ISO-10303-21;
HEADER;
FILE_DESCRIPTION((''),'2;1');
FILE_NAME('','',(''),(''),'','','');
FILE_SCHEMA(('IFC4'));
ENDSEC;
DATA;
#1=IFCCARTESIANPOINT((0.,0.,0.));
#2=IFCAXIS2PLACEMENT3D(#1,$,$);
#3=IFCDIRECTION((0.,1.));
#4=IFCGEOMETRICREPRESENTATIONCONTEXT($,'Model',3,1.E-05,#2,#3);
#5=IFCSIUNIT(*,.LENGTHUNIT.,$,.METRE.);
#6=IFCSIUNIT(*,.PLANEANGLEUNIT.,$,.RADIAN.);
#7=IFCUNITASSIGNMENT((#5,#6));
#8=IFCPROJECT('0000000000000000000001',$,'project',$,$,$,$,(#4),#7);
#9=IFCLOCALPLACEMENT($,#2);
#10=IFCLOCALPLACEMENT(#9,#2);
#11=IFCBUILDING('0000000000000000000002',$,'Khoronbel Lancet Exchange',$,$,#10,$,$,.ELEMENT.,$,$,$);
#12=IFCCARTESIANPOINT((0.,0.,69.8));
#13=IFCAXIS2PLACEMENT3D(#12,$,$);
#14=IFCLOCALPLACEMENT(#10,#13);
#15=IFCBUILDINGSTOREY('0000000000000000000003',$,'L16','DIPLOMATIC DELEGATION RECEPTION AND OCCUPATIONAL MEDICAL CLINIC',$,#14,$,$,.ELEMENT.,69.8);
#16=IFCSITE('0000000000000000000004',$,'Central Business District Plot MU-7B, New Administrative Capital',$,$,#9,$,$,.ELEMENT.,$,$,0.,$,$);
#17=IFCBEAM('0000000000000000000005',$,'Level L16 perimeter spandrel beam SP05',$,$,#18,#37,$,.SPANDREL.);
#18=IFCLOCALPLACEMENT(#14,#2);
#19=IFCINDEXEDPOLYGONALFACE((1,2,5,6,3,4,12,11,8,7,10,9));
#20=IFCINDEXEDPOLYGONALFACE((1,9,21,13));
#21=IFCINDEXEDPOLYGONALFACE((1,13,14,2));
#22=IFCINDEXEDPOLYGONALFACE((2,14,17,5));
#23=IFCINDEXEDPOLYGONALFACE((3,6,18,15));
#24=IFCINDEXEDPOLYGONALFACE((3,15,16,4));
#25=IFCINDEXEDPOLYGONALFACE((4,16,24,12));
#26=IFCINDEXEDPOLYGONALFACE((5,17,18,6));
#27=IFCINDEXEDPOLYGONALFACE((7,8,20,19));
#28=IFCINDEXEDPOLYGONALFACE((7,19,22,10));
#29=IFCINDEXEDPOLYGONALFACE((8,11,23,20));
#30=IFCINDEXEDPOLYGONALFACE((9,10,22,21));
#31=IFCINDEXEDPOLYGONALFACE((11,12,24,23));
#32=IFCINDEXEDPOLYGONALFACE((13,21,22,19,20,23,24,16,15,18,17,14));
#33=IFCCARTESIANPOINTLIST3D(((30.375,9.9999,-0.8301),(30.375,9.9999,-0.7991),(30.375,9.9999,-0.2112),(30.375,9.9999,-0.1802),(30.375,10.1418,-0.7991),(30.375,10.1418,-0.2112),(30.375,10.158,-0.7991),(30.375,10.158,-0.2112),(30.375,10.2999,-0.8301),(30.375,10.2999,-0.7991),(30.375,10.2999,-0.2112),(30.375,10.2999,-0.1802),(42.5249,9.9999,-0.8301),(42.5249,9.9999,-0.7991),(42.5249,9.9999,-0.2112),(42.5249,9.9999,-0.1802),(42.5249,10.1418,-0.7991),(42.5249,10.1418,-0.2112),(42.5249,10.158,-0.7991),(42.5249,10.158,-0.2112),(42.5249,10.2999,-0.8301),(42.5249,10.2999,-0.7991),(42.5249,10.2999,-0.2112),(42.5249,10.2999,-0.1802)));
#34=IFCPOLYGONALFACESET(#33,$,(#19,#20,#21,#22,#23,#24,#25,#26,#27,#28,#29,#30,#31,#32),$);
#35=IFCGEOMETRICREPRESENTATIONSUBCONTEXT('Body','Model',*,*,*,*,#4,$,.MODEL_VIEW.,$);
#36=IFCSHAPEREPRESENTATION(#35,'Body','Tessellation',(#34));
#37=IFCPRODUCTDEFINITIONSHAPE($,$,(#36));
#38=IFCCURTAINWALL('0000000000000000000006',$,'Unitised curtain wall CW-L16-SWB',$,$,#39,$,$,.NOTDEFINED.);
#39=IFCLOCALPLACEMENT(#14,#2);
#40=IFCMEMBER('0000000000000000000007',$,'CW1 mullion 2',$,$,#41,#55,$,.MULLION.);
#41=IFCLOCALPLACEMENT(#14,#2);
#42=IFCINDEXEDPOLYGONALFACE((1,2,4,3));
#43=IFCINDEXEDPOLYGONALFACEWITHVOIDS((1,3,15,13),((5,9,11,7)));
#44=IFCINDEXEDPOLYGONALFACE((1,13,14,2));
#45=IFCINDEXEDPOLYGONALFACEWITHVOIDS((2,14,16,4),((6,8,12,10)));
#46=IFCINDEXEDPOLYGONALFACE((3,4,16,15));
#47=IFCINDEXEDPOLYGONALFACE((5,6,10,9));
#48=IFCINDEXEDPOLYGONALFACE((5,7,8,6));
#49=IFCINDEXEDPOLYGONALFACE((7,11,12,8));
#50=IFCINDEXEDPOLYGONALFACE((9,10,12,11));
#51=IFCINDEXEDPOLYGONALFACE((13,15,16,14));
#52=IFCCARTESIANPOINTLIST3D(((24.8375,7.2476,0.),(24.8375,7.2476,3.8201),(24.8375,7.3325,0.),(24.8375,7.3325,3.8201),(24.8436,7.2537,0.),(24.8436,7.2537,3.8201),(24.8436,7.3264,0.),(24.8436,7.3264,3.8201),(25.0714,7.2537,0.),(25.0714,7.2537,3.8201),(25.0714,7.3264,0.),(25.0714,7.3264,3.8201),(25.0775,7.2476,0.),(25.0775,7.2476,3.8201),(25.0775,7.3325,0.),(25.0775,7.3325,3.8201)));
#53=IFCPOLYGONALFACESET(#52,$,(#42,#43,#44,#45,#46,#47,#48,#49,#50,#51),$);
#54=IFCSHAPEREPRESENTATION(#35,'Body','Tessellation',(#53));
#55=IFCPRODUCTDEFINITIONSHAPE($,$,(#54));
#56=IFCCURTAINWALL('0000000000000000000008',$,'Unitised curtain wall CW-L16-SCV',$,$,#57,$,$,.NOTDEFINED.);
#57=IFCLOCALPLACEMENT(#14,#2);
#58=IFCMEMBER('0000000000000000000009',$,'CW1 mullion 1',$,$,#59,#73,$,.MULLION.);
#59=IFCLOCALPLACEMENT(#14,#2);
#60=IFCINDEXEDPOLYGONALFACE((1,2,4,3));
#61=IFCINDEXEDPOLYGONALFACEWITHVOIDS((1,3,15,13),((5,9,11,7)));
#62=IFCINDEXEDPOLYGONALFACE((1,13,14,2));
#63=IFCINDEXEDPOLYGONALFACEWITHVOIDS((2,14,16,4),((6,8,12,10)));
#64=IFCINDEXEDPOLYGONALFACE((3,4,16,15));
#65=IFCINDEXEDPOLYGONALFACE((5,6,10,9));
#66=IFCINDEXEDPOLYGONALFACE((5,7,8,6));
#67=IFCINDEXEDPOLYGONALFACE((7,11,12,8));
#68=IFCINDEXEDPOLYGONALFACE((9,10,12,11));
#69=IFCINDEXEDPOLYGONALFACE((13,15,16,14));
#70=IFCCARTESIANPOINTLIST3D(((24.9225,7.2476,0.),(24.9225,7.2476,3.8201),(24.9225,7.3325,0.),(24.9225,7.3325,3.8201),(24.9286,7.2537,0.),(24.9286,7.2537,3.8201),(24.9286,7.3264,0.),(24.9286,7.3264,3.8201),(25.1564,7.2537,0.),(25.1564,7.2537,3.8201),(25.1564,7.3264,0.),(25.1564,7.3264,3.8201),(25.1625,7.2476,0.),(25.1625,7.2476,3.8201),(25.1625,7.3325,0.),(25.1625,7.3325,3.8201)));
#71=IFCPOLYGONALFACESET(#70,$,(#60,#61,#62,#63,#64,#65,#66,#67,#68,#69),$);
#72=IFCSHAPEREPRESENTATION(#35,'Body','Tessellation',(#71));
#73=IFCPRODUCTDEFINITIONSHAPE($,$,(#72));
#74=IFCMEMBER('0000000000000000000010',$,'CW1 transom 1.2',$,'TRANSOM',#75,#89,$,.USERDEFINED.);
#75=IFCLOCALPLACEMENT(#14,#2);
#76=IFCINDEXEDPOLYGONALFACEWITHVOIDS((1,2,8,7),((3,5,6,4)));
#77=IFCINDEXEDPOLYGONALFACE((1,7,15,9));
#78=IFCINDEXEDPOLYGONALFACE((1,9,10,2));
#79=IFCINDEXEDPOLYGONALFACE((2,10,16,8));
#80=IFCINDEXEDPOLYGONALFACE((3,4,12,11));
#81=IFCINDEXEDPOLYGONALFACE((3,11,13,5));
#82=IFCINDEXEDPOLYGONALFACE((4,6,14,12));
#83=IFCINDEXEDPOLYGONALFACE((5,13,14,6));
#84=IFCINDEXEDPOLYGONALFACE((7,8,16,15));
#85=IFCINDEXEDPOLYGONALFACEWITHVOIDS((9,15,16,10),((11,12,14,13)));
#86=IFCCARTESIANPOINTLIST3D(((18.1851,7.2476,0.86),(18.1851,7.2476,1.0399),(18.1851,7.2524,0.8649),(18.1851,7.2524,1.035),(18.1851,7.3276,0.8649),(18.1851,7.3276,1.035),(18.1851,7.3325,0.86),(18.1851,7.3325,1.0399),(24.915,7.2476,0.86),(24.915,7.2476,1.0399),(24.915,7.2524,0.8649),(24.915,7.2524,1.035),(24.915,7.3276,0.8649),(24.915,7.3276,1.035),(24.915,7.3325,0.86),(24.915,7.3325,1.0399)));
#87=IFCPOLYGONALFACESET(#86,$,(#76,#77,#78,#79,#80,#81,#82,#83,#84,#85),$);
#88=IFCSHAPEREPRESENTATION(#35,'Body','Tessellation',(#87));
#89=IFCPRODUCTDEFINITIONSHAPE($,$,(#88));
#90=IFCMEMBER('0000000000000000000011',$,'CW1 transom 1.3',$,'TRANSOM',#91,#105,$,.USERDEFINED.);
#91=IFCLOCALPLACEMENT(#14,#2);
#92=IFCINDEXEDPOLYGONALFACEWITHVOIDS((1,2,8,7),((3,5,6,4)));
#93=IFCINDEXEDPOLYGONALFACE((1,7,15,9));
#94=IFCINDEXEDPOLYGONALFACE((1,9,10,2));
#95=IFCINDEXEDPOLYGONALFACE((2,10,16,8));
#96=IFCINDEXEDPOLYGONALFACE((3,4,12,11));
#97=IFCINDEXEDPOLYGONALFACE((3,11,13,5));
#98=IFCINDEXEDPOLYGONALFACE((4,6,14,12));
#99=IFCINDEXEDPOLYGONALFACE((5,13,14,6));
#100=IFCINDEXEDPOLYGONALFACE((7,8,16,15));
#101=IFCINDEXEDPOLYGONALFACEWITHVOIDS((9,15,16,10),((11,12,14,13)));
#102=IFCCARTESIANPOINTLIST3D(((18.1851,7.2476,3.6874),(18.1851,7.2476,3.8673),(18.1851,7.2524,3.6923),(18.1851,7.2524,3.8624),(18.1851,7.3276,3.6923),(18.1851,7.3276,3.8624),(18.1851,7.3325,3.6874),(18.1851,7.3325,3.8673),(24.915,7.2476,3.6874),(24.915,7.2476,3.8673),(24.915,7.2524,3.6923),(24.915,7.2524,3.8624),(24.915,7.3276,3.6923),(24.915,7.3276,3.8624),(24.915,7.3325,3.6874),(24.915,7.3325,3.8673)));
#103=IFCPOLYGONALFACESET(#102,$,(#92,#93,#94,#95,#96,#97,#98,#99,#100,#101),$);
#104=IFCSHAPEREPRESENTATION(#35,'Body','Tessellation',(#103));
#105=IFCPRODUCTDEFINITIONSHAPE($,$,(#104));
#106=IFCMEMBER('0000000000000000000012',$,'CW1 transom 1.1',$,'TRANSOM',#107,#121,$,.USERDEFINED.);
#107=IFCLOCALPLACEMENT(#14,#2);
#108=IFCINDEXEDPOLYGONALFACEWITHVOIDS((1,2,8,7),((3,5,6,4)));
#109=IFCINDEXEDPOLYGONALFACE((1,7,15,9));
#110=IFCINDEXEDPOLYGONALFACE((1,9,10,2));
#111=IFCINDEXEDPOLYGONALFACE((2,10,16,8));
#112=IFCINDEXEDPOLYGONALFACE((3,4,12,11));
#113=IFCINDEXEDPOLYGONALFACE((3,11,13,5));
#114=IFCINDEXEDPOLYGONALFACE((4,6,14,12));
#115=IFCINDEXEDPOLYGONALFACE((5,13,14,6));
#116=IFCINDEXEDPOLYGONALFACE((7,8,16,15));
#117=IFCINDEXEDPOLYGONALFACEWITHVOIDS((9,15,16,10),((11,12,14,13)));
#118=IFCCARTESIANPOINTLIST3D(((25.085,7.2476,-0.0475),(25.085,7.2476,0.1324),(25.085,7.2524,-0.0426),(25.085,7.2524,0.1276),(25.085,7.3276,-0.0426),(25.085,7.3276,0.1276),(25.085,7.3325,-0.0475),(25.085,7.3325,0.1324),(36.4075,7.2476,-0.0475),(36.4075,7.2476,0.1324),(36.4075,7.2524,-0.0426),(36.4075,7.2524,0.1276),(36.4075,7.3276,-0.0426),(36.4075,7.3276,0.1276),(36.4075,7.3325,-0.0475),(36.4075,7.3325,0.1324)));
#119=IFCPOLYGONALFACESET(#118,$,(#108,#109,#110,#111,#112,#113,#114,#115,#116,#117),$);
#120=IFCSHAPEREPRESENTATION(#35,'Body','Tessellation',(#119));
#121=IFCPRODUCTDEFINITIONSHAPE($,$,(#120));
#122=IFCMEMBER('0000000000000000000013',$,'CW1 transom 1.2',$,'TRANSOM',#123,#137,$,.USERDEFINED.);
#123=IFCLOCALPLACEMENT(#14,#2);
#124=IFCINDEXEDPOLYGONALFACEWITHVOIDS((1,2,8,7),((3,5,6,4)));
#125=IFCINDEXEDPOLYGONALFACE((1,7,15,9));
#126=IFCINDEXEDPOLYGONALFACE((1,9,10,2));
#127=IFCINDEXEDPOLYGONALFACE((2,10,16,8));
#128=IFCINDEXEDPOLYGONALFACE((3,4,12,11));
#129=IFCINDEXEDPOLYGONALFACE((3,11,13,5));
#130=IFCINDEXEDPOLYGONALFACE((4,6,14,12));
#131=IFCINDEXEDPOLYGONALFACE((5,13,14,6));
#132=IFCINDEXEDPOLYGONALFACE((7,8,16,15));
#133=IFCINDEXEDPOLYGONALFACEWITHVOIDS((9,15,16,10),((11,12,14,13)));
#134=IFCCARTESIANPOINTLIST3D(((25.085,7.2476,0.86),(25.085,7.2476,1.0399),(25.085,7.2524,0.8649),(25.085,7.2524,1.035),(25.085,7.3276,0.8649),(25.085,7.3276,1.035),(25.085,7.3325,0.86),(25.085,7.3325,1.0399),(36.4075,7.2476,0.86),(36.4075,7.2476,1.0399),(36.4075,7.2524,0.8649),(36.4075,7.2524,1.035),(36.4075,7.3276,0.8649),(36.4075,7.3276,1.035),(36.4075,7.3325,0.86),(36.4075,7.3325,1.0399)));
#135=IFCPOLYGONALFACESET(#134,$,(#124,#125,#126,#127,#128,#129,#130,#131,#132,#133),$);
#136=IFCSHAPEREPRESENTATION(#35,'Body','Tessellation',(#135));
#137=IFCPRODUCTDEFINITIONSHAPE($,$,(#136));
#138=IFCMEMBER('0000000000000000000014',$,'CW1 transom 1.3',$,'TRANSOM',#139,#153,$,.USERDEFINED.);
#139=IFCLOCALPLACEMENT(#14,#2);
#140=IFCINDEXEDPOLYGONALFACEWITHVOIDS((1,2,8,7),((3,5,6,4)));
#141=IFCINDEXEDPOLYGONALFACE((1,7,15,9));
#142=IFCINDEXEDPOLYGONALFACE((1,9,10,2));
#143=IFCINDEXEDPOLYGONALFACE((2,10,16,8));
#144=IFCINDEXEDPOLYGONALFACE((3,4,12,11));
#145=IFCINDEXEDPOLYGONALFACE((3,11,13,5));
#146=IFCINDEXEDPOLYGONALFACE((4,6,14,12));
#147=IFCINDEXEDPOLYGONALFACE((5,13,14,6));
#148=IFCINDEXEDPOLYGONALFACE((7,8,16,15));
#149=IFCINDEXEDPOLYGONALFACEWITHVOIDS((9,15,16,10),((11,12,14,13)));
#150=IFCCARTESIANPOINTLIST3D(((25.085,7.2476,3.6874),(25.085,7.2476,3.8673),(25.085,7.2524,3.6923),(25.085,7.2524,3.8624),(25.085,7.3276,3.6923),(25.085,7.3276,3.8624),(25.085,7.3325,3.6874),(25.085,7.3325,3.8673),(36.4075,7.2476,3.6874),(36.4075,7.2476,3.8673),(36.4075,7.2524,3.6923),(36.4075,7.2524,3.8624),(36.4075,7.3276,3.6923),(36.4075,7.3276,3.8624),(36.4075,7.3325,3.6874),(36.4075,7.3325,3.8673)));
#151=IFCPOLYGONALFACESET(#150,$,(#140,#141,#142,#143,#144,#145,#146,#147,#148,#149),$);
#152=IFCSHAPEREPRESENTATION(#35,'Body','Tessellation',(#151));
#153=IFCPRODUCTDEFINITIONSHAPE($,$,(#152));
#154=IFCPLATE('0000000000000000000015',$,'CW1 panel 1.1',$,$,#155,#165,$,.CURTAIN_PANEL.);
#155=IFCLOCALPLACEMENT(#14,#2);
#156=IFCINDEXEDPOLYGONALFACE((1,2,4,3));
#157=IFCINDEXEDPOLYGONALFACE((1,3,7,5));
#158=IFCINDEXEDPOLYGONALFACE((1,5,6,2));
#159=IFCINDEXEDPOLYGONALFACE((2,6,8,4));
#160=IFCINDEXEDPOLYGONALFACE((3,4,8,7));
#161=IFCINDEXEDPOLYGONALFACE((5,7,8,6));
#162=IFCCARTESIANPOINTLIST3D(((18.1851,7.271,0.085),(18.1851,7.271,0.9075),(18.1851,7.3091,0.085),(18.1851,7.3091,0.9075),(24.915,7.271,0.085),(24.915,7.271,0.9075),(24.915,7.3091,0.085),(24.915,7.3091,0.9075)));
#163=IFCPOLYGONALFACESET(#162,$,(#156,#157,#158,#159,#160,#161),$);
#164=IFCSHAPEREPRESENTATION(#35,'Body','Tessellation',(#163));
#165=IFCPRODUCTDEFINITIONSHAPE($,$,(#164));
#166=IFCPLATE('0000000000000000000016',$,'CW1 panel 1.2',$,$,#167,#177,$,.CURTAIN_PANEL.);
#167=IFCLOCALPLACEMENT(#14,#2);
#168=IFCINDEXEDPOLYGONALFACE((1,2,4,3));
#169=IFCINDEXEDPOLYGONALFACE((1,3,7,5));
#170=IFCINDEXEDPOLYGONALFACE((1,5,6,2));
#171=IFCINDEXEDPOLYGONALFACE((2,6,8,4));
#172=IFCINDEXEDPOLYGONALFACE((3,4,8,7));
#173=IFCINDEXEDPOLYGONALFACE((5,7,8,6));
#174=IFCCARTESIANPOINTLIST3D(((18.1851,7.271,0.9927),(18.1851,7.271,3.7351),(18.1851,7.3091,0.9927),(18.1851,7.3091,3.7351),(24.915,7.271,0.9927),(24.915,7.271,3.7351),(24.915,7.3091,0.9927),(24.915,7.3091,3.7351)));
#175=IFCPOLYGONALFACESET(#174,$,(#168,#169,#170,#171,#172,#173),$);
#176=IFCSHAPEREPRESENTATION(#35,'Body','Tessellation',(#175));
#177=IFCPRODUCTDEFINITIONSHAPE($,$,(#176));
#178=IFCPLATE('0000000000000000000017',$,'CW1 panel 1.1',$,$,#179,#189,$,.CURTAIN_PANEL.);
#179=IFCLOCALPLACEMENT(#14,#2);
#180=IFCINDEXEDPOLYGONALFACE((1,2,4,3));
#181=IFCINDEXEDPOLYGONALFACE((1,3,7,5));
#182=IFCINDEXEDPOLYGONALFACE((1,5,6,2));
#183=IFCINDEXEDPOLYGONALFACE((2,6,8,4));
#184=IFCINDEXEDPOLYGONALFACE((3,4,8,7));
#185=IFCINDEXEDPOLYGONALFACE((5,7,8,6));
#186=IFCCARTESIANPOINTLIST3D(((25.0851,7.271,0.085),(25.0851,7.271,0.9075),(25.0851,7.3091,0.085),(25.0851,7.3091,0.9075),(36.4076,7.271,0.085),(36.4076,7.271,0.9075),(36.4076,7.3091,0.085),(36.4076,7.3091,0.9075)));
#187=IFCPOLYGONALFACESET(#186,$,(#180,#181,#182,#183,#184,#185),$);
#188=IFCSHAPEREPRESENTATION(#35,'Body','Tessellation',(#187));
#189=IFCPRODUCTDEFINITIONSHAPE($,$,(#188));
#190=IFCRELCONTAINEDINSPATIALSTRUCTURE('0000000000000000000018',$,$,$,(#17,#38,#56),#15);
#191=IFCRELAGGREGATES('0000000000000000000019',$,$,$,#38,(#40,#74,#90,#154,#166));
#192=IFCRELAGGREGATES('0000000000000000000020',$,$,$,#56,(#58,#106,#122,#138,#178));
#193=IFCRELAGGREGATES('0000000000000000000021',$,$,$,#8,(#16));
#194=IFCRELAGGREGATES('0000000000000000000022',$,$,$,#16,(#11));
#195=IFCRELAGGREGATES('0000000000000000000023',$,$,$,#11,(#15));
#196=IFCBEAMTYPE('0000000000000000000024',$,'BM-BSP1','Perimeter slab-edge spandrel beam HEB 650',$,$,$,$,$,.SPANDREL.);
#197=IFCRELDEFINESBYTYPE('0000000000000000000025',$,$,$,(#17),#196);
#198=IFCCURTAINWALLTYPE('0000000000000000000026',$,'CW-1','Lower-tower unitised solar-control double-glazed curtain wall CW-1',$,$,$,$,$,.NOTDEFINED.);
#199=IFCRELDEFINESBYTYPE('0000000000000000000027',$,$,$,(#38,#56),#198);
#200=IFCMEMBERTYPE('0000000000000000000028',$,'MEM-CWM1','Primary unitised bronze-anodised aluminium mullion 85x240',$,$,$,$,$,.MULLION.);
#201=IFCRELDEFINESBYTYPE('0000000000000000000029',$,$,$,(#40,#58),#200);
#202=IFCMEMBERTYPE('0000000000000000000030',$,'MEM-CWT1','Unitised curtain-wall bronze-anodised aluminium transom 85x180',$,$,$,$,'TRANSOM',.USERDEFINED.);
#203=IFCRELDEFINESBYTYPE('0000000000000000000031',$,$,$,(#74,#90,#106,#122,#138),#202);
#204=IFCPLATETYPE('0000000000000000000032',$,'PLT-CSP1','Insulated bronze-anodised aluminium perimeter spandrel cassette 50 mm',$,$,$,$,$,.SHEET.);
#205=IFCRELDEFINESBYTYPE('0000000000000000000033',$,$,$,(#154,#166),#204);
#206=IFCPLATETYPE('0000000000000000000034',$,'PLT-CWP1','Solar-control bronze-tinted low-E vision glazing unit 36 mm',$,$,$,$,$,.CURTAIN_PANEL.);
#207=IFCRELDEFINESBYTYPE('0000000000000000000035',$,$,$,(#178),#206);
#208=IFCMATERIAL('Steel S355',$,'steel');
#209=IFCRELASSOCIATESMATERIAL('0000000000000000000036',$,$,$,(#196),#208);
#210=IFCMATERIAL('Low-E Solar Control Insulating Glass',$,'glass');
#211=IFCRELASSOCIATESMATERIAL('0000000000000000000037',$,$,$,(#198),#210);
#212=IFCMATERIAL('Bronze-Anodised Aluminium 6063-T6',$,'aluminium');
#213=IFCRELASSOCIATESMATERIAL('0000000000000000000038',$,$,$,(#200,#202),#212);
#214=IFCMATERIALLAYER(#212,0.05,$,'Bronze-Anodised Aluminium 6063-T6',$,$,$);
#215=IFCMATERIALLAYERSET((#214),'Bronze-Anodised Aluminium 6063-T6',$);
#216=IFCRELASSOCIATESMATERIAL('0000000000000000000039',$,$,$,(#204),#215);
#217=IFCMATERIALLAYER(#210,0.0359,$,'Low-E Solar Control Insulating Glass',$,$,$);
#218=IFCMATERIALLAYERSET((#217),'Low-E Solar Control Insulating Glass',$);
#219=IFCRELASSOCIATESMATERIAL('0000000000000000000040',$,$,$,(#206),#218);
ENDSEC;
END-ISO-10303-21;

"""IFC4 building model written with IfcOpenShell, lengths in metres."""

from ifc_helpers import new_model, si_unit, direction, frame, origin, origin_2d, place, context, subcontext, project, spatial, rectangle, hollow_rectangle, i_section, extrude, material, layer, layer_set, material_profile, profile_set, type_object, element, aggregate, save


model = new_model("IFC4")

# Units and contexts
model_context = context("Model", 3, precision=1e-05, world=origin(), true_north=direction((0.0, 1.0)))
body_context = subcontext(model_context, "Body", "Model", "MODEL_VIEW")
ifc_project = project(units=[si_unit("LENGTHUNIT", "METRE"), si_unit("PLANEANGLEUNIT", "RADIAN")], contexts=[model_context])

# Site, building, storey
site_placement = place(None, origin())
site = spatial("IfcSite", under=ifc_project, at=site_placement, Name="Central Business District Plot MU-7B, New Administrative Capital", CompositionType="ELEMENT", RefElevation=0.0)
building_placement = place(site_placement, origin())
building = spatial("IfcBuilding", under=site, at=building_placement, Name="Khoronbel Lancet Exchange", CompositionType="ELEMENT")
storey_placement = place(building_placement, frame((0.0, 0.0, 69.8)))
storey = spatial("IfcBuildingStorey", under=building, at=storey_placement, Name="L16", Description="DIPLOMATIC DELEGATION RECEPTION AND OCCUPATIONAL MEDICAL CLINIC", CompositionType="ELEMENT", Elevation=69.8)

# Beam
ifc_material_1 = material(Name="Steel S355", Category="steel")
ifc_material_profile_1 = material_profile(ifc_material_1, i_section(OverallWidth=0.3, OverallDepth=0.6499, WebThickness=0.0161, FlangeThickness=0.031, at=origin_2d()), Name="HEB 650")
ifc_profile_set_1 = profile_set([ifc_material_profile_1], Name="Steel S355")
beam_type_1 = type_object("IfcBeamType", Name="BM-BSP1", Description="Perimeter slab-edge spandrel beam HEB 650", PredefinedType="SPANDREL", material=ifc_profile_set_1)
beam_1_placement = place(storey_placement, frame((30.375, 10.1499, -0.5051), z_axis=(1.0, 0.0, 0.0), x_axis=(0.0, 1.0, 0.0)))
element("IfcBeam", 1, at=beam_1_placement, inside=storey, type_object=beam_type_1, Name="Level L16 perimeter spandrel beam SP05", PredefinedType="SPANDREL", context=body_context, shape_type="SweptSolid", body=[
    extrude(i_section(OverallWidth=0.3, OverallDepth=0.6499, WebThickness=0.0161, FlangeThickness=0.031, at=origin_2d()), origin(), (0.0, 0.0, 1.0), 12.1499),
])

# Curtain walls, members
ifc_material_2 = material(Name="Low-E Solar Control Insulating Glass", Category="glass")
curtain_wall_type = type_object("IfcCurtainWallType", Name="CW-1", Description="Lower-tower unitised solar-control double-glazed curtain wall CW-1", PredefinedType="NOTDEFINED", material=ifc_material_2)
curtain_wall_1_placement = place(storey_placement, origin())
curtain_wall_1 = element("IfcCurtainWall", 2, at=curtain_wall_1_placement, inside=storey, type_object=curtain_wall_type, Name="Unitised curtain wall CW-L16-SWB", PredefinedType="NOTDEFINED")
ifc_material_3 = material(Name="Bronze-Anodised Aluminium 6063-T6", Category="aluminium")
ifc_material_profile_2 = material_profile(ifc_material_3, hollow_rectangle(XDim=0.085, YDim=0.24, WallThickness=0.0061, at=origin_2d()), Name="ALU MULLION 85x240")
ifc_profile_set_2 = profile_set([ifc_material_profile_2], Name="Bronze-Anodised Aluminium 6063-T6")
member_type_1 = type_object("IfcMemberType", Name="MEM-CWM1", Description="Primary unitised bronze-anodised aluminium mullion 85x240", PredefinedType="MULLION", material=ifc_profile_set_2)
member_1_placement = place(storey_placement, frame((24.9575, 7.29, 0.0), z_axis=(0.0, 0.0, 1.0), x_axis=(0.0, 1.0, 0.0)))
member_1 = element("IfcMember", 3, at=member_1_placement, type_object=member_type_1, Name="CW1 mullion 2", PredefinedType="MULLION", context=body_context, shape_type="SweptSolid", body=[
    extrude(hollow_rectangle(XDim=0.085, YDim=0.24, WallThickness=0.0061, at=origin_2d()), origin(), (0.0, 0.0, 1.0), 3.8201),
])
curtain_wall_2_placement = place(storey_placement, origin())
curtain_wall_2 = element("IfcCurtainWall", 4, at=curtain_wall_2_placement, inside=storey, type_object=curtain_wall_type, Name="Unitised curtain wall CW-L16-SCV", PredefinedType="NOTDEFINED")
member_2_placement = place(storey_placement, frame((25.0425, 7.29, 0.0), z_axis=(0.0, 0.0, 1.0), x_axis=(0.0, 1.0, 0.0)))
member_2 = element("IfcMember", 5, at=member_2_placement, type_object=member_type_1, Name="CW1 mullion 1", PredefinedType="MULLION", context=body_context, shape_type="SweptSolid", body=[
    extrude(hollow_rectangle(XDim=0.085, YDim=0.24, WallThickness=0.0061, at=origin_2d()), origin(), (0.0, 0.0, 1.0), 3.8201),
])

# Members
ifc_material_profile_3 = material_profile(ifc_material_3, hollow_rectangle(XDim=0.085, YDim=0.1799, WallThickness=0.0049, at=origin_2d()), Name="ALU TRANSOM 85x180")
ifc_profile_set_3 = profile_set([ifc_material_profile_3], Name="Bronze-Anodised Aluminium 6063-T6")
member_type_2 = type_object("IfcMemberType", Name="MEM-CWT1", Description="Unitised curtain-wall bronze-anodised aluminium transom 85x180", ElementType="TRANSOM", PredefinedType="USERDEFINED", material=ifc_profile_set_3)
member_3_placement = place(storey_placement, frame((18.1851, 7.29, 0.95), z_axis=(1.0, 0.0, 0.0), x_axis=(0.0, 1.0, 0.0)))
member_3 = element("IfcMember", 6, at=member_3_placement, type_object=member_type_2, Name="CW1 transom 1.2", ObjectType="TRANSOM", PredefinedType="USERDEFINED", context=body_context, shape_type="SweptSolid", body=[
    extrude(hollow_rectangle(XDim=0.085, YDim=0.1799, WallThickness=0.0049, at=origin_2d()), origin(), (0.0, 0.0, 1.0), 6.73),
])
member_4_placement = place(storey_placement, frame((18.1851, 7.29, 3.7773), z_axis=(1.0, 0.0, 0.0), x_axis=(0.0, 1.0, 0.0)))
member_4 = element("IfcMember", 7, at=member_4_placement, type_object=member_type_2, Name="CW1 transom 1.3", ObjectType="TRANSOM", PredefinedType="USERDEFINED", context=body_context, shape_type="SweptSolid", body=[
    extrude(hollow_rectangle(XDim=0.085, YDim=0.1799, WallThickness=0.0049, at=origin_2d()), origin(), (0.0, 0.0, 1.0), 6.73),
])
member_5_placement = place(storey_placement, frame((25.085, 7.29, 0.0425), z_axis=(1.0, 0.0, 0.0), x_axis=(0.0, 1.0, 0.0)))
member_5 = element("IfcMember", 8, at=member_5_placement, type_object=member_type_2, Name="CW1 transom 1.1", ObjectType="TRANSOM", PredefinedType="USERDEFINED", context=body_context, shape_type="SweptSolid", body=[
    extrude(hollow_rectangle(XDim=0.085, YDim=0.1799, WallThickness=0.0049, at=origin_2d()), origin(), (0.0, 0.0, 1.0), 11.3225),
])
member_6_placement = place(storey_placement, frame((25.085, 7.29, 0.95), z_axis=(1.0, 0.0, 0.0), x_axis=(0.0, 1.0, 0.0)))
member_6 = element("IfcMember", 9, at=member_6_placement, type_object=member_type_2, Name="CW1 transom 1.2", ObjectType="TRANSOM", PredefinedType="USERDEFINED", context=body_context, shape_type="SweptSolid", body=[
    extrude(hollow_rectangle(XDim=0.085, YDim=0.1799, WallThickness=0.0049, at=origin_2d()), origin(), (0.0, 0.0, 1.0), 11.3225),
])
member_7_placement = place(storey_placement, frame((25.085, 7.29, 3.7773), z_axis=(1.0, 0.0, 0.0), x_axis=(0.0, 1.0, 0.0)))
member_7 = element("IfcMember", 10, at=member_7_placement, type_object=member_type_2, Name="CW1 transom 1.3", ObjectType="TRANSOM", PredefinedType="USERDEFINED", context=body_context, shape_type="SweptSolid", body=[
    extrude(hollow_rectangle(XDim=0.085, YDim=0.1799, WallThickness=0.0049, at=origin_2d()), origin(), (0.0, 0.0, 1.0), 11.3225),
])

# Plates
ifc_layer_1 = layer(ifc_material_3, 0.05, Name="Bronze-Anodised Aluminium 6063-T6")
ifc_layer_set_1 = layer_set([ifc_layer_1], Name="Bronze-Anodised Aluminium 6063-T6")
plate_type_1 = type_object("IfcPlateType", Name="PLT-CSP1", Description="Insulated bronze-anodised aluminium perimeter spandrel cassette 50 mm", PredefinedType="SHEET", material=ifc_layer_set_1)
plate_1_placement = place(storey_placement, frame((21.55, 7.29, 0.085), z_axis=(0.0, 0.0, 1.0), x_axis=(1.0, 0.0, 0.0)))
plate_1 = element("IfcPlate", 11, at=plate_1_placement, type_object=plate_type_1, Name="CW1 panel 1.1", PredefinedType="CURTAIN_PANEL", context=body_context, shape_type="SweptSolid", body=[
    extrude(rectangle(XDim=6.73, YDim=0.0381, at=origin_2d()), origin(), (0.0, 0.0, 1.0), 0.8225),
])
plate_2_placement = place(storey_placement, frame((21.55, 7.29, 0.9927), z_axis=(0.0, 0.0, 1.0), x_axis=(1.0, 0.0, 0.0)))
plate_2 = element("IfcPlate", 12, at=plate_2_placement, type_object=plate_type_1, Name="CW1 panel 1.2", PredefinedType="CURTAIN_PANEL", context=body_context, shape_type="SweptSolid", body=[
    extrude(rectangle(XDim=6.73, YDim=0.0381, at=origin_2d()), origin(), (0.0, 0.0, 1.0), 2.7424),
])
aggregate(curtain_wall_1, [member_1, member_3, member_4, plate_1, plate_2])
ifc_layer_2 = layer(ifc_material_2, 0.0359, Name="Low-E Solar Control Insulating Glass")
ifc_layer_set_2 = layer_set([ifc_layer_2], Name="Low-E Solar Control Insulating Glass")
plate_type_2 = type_object("IfcPlateType", Name="PLT-CWP1", Description="Solar-control bronze-tinted low-E vision glazing unit 36 mm", PredefinedType="CURTAIN_PANEL", material=ifc_layer_set_2)
plate_3_placement = place(storey_placement, frame((30.7463, 7.29, 0.085), z_axis=(0.0, 0.0, 1.0), x_axis=(1.0, 0.0, 0.0)))
plate_3 = element("IfcPlate", 13, at=plate_3_placement, type_object=plate_type_2, Name="CW1 panel 1.1", PredefinedType="CURTAIN_PANEL", context=body_context, shape_type="SweptSolid", body=[
    extrude(rectangle(XDim=11.3225, YDim=0.0381, at=origin_2d()), origin(), (0.0, 0.0, 1.0), 0.8225),
])
aggregate(curtain_wall_2, [member_2, member_5, member_6, member_7, plate_3])

save(model, "model.ifc")
